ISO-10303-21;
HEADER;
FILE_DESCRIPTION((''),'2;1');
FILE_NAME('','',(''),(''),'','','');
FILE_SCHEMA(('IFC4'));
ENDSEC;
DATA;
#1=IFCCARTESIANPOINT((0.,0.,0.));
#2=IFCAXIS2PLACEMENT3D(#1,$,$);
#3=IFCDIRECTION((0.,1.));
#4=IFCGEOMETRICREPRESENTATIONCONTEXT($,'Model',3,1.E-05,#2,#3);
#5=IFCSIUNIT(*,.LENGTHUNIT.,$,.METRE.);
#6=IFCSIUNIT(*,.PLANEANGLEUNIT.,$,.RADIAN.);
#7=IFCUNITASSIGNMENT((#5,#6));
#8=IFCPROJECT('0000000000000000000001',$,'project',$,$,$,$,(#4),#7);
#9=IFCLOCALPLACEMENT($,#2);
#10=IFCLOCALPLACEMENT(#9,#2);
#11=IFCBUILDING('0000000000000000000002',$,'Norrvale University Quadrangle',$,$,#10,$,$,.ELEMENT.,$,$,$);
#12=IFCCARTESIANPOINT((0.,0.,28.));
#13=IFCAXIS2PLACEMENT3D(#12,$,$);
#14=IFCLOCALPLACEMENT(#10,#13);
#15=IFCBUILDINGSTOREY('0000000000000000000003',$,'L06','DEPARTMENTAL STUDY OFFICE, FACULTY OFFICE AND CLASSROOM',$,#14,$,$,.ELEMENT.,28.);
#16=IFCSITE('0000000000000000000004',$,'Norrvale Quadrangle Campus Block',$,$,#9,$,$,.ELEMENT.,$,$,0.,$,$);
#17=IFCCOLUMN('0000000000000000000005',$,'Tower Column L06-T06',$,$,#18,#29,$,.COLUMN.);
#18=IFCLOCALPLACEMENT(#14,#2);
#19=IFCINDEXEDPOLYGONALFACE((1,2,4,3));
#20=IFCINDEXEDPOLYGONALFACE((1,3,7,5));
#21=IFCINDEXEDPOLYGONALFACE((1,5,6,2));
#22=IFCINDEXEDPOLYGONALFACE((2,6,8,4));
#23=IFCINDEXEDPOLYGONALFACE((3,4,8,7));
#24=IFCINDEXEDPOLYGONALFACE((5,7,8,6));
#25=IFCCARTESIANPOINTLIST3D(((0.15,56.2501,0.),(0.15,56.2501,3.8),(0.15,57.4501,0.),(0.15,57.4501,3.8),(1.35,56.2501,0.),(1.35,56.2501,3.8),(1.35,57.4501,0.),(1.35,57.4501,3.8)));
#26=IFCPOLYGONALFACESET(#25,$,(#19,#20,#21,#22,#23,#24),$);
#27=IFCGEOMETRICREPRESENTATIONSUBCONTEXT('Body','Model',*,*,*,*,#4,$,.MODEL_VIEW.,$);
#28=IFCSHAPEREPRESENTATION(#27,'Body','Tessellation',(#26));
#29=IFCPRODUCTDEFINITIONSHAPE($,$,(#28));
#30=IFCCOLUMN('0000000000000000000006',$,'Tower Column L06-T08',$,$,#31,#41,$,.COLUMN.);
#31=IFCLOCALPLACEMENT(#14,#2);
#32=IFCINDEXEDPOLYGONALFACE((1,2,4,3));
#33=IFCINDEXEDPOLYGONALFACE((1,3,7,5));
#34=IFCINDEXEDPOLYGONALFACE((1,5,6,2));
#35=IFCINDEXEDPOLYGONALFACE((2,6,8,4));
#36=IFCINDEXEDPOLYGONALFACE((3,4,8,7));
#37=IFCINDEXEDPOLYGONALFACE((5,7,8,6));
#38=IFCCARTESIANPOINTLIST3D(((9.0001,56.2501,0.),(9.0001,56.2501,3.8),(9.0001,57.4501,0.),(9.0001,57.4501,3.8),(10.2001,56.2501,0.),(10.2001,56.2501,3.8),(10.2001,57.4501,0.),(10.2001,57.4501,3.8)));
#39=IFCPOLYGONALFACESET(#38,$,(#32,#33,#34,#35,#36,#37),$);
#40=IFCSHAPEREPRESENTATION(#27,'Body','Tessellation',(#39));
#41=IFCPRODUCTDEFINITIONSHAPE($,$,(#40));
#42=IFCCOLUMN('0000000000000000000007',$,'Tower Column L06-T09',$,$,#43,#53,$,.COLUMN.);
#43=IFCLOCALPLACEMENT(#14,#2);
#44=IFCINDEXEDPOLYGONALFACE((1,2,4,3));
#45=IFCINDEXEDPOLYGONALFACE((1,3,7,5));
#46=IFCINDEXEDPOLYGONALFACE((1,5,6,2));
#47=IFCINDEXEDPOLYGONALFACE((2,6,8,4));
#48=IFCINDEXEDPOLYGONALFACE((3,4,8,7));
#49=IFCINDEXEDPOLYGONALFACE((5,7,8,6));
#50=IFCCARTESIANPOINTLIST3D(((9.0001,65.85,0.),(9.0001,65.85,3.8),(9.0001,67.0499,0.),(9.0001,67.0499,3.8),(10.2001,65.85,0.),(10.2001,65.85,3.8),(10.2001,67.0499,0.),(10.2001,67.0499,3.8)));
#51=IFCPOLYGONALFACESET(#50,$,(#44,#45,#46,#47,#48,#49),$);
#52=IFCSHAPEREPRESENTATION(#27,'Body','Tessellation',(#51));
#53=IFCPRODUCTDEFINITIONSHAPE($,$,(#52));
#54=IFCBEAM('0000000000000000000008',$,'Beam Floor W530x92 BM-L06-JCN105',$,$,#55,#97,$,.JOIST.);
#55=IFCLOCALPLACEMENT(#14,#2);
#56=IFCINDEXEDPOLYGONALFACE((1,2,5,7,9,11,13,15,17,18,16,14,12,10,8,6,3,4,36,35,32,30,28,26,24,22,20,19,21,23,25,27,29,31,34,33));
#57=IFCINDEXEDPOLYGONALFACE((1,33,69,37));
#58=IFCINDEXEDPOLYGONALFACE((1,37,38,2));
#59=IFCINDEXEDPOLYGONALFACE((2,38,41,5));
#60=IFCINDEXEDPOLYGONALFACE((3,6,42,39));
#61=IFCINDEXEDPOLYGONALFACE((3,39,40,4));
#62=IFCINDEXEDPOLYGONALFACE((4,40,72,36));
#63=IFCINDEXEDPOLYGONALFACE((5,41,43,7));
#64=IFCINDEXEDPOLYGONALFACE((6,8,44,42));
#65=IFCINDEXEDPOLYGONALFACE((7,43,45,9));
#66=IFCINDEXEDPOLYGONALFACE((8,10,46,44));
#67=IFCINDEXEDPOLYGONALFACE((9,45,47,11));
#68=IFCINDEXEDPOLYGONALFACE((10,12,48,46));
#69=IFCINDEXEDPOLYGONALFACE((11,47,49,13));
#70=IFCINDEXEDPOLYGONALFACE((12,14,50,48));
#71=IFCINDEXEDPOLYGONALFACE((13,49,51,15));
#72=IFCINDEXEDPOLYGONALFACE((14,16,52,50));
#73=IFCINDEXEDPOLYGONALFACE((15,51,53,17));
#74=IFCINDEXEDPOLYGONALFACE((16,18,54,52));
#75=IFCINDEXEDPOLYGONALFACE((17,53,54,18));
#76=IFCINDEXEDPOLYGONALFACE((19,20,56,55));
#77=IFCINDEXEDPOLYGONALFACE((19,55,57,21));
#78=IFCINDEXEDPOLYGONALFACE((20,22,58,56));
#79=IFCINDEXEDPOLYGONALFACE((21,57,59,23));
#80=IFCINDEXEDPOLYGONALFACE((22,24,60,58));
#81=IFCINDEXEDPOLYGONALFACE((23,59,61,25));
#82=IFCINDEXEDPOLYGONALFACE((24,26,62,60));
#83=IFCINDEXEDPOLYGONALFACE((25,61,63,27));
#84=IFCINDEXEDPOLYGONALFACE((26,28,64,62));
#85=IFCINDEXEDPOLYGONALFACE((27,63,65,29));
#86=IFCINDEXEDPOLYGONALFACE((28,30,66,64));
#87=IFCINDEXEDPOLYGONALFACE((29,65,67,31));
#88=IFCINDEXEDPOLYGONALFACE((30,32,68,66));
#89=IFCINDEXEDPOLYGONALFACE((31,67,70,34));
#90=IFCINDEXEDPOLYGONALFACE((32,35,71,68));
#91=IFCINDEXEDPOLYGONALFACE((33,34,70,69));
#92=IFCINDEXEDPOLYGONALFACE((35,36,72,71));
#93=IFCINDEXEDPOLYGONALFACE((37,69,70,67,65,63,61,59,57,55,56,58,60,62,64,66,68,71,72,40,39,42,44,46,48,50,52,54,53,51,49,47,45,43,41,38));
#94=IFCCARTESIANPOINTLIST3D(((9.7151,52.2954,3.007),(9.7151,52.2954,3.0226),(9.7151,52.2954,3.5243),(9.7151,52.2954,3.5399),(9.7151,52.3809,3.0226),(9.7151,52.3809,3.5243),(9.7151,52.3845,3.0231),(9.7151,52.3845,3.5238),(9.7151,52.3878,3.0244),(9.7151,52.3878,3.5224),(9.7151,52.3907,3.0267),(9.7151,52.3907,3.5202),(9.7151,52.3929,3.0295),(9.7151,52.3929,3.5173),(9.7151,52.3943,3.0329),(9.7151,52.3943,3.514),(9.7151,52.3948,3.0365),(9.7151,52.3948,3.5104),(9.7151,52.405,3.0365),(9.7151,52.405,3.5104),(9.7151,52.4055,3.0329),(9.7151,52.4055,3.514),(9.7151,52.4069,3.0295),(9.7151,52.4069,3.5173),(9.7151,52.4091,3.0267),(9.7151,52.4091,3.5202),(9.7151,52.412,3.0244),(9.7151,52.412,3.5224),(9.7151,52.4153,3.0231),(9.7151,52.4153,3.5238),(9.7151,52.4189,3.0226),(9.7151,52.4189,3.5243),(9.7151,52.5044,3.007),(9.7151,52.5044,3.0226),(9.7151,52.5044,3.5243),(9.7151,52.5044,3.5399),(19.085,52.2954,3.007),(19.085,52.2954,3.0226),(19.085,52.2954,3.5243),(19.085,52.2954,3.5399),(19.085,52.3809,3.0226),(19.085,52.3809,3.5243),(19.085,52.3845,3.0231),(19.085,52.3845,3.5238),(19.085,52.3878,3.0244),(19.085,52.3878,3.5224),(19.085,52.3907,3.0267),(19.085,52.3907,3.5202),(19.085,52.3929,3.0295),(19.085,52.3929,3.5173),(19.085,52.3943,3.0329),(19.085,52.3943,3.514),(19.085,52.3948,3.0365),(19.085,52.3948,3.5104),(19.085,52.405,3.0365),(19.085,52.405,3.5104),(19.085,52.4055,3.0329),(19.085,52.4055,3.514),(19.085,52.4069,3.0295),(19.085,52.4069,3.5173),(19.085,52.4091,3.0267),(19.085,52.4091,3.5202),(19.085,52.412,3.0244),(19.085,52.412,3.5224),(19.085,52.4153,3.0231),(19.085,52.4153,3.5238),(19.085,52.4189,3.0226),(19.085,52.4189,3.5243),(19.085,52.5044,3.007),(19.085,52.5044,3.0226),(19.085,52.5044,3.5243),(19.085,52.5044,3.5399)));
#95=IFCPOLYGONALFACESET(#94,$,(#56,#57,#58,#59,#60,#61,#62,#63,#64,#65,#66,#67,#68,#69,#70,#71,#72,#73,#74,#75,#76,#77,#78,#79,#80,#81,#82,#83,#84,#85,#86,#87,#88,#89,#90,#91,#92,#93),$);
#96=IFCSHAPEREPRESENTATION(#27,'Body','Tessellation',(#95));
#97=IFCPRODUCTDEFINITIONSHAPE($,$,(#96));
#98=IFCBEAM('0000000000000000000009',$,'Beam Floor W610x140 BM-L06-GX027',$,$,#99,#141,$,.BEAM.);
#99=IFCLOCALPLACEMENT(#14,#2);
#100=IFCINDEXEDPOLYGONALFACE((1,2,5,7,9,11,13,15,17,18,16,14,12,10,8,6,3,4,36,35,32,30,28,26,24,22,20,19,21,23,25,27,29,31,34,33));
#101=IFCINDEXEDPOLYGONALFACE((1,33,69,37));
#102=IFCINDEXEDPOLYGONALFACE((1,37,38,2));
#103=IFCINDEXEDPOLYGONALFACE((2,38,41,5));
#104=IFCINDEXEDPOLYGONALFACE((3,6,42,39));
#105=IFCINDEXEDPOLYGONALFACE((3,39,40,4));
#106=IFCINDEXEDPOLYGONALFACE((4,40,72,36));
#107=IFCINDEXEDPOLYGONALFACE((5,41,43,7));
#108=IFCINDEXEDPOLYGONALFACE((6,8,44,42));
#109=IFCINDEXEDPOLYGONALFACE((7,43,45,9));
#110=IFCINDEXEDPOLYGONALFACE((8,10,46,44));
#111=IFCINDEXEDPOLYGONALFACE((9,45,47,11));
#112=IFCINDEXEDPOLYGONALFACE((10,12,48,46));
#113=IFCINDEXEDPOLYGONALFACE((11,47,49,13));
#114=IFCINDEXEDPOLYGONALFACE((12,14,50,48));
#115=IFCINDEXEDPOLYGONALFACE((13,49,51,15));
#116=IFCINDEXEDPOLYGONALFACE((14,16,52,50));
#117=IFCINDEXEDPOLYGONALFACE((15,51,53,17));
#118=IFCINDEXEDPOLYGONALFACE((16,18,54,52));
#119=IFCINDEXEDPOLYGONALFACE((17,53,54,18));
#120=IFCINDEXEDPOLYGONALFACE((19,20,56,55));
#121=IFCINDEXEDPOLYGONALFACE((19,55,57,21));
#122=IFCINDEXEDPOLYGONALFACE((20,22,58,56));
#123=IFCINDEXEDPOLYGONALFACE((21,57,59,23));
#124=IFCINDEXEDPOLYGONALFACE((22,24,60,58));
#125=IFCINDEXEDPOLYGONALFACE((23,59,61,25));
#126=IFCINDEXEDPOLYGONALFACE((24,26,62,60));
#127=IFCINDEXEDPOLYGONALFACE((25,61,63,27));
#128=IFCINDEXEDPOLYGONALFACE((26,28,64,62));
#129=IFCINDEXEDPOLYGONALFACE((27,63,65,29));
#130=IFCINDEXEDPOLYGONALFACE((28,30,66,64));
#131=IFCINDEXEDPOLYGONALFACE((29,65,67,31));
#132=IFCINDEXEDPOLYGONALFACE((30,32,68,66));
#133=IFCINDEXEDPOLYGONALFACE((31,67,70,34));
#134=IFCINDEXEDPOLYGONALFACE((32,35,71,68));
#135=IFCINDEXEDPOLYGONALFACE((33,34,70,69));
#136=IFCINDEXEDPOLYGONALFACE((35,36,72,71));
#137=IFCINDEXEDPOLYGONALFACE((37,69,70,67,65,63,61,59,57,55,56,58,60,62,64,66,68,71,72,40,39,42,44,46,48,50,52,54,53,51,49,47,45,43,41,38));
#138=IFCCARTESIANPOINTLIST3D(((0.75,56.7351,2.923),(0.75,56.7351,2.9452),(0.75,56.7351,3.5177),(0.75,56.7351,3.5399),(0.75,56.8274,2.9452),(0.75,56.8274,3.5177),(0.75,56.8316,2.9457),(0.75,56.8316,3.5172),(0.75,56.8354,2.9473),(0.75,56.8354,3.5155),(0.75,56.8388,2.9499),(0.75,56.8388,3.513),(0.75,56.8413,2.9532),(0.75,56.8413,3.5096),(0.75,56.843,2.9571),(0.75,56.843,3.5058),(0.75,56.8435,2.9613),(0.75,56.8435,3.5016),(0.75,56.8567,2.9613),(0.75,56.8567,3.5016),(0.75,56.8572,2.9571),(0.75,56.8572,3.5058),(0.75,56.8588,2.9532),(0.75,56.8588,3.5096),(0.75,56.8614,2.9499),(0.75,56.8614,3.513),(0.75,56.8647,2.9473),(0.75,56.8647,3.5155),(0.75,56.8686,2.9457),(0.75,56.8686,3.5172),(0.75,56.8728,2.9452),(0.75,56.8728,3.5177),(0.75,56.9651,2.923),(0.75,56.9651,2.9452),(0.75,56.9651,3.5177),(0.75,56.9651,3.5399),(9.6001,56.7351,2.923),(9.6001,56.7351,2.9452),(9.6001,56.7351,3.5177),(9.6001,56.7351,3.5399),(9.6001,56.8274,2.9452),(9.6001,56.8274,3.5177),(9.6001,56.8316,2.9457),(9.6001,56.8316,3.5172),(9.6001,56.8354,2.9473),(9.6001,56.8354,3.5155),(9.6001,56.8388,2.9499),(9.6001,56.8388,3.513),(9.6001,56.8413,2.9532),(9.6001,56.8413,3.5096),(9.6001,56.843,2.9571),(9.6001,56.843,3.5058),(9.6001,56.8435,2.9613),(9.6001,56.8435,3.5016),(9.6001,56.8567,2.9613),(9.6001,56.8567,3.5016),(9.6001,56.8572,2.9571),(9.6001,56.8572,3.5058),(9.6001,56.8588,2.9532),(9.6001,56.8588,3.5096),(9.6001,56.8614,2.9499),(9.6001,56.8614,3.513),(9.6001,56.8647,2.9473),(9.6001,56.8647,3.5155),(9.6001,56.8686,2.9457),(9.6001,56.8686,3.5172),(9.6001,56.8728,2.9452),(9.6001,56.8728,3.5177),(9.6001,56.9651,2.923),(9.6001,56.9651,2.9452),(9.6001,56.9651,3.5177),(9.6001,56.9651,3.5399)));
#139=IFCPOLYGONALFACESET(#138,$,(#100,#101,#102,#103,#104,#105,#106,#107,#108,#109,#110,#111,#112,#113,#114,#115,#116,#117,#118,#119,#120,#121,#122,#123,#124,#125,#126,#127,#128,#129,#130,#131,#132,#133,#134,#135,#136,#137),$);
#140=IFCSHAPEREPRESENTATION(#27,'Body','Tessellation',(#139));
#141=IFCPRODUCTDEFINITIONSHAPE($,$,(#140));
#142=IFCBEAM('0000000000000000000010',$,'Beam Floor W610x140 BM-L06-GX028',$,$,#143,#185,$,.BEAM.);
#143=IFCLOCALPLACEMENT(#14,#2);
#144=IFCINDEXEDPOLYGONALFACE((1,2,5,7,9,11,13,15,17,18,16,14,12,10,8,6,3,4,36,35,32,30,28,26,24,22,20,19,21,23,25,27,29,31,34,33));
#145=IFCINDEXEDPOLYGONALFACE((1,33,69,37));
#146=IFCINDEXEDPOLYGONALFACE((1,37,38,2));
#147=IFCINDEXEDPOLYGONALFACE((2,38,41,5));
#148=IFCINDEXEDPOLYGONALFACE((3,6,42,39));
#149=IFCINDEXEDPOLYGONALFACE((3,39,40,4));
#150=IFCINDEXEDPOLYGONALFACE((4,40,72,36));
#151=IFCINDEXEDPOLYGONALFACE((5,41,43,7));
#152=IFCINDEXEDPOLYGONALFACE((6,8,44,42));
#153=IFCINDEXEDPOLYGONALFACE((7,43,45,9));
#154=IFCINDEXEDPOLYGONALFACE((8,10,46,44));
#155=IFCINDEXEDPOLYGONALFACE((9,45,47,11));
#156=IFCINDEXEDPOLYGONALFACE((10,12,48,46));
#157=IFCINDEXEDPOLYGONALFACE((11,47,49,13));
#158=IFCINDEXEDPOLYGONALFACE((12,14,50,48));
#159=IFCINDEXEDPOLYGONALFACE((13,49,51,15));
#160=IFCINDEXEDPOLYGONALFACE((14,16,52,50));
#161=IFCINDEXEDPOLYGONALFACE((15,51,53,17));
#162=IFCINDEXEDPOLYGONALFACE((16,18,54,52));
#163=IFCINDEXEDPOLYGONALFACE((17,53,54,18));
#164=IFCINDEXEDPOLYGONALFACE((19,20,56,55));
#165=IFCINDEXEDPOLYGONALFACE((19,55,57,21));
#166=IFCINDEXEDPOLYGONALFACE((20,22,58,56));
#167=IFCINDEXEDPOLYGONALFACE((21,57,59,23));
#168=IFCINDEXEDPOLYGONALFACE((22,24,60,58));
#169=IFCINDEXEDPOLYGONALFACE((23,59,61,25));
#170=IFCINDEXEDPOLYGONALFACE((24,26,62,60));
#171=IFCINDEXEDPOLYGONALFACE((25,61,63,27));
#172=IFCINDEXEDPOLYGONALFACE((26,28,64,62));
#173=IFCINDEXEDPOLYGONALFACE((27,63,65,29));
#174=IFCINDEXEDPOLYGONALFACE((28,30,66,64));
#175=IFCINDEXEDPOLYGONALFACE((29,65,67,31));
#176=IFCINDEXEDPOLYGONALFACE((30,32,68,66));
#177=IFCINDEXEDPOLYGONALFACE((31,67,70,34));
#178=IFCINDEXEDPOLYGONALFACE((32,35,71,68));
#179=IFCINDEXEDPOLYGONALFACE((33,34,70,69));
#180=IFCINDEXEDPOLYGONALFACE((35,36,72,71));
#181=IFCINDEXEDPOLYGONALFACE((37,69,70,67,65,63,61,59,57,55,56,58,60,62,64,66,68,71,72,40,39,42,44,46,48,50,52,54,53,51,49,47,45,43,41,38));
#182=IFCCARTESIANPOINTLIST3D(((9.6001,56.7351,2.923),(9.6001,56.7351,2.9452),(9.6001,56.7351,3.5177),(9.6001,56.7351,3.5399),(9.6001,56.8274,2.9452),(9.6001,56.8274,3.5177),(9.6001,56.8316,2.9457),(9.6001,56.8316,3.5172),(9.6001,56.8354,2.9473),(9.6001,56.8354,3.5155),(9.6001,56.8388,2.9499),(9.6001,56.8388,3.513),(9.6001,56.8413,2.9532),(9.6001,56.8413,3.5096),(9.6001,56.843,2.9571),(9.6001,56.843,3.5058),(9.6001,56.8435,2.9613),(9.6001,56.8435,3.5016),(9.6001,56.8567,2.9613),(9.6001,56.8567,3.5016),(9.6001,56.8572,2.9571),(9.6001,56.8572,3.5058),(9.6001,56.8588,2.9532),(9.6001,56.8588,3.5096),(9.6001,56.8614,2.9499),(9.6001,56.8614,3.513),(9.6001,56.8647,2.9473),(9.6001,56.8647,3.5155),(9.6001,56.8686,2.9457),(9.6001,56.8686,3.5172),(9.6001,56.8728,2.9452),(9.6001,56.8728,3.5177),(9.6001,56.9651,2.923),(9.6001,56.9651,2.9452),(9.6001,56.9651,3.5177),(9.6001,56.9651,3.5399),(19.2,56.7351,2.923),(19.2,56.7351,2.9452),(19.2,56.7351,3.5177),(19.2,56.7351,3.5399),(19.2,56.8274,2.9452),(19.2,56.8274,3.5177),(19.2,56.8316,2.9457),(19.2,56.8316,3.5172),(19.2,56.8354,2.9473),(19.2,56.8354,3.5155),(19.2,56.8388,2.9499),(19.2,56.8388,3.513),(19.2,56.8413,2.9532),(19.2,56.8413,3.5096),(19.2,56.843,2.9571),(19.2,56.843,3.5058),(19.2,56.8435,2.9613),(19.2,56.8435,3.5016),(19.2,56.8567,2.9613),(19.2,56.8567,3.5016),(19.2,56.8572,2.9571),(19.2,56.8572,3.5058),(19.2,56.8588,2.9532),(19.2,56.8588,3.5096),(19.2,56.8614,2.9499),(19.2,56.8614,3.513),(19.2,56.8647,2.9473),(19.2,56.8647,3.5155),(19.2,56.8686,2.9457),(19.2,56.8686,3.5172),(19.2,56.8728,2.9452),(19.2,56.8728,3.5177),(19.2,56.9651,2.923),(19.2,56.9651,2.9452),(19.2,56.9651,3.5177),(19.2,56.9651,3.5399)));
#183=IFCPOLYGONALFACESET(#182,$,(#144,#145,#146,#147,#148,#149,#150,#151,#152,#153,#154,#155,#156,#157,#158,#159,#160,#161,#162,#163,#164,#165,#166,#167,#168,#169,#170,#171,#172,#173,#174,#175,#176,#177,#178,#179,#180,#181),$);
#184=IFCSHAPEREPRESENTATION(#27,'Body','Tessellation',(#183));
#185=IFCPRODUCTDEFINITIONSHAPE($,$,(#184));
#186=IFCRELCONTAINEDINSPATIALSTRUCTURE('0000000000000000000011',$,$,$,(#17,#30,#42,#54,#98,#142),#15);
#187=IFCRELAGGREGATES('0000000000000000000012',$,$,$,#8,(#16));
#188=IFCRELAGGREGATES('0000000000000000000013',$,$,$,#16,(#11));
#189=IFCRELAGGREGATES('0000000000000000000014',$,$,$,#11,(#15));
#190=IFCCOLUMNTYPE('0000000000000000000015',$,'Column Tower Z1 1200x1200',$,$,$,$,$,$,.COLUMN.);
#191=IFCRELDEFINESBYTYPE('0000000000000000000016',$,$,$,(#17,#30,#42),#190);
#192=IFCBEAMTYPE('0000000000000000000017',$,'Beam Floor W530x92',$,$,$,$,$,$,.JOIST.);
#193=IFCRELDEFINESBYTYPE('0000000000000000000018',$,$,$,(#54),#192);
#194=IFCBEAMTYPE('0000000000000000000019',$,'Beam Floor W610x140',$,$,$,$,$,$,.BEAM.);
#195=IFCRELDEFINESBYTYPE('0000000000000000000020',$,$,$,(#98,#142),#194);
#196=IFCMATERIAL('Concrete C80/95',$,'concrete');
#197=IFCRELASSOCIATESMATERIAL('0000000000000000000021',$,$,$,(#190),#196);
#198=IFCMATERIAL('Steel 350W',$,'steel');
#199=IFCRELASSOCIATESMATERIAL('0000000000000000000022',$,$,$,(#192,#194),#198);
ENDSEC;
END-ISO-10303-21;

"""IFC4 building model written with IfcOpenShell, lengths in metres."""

from ifc_helpers import new_model, si_unit, direction, frame, origin, origin_2d, place, context, subcontext, project, spatial, rectangle, i_section, extrude, material, material_profile, profile_set, type_object, element, save


model = new_model("IFC4")

# Units and contexts
model_context = context("Model", 3, precision=1e-05, world=origin(), true_north=direction((0.0, 1.0)))
body_context = subcontext(model_context, "Body", "Model", "MODEL_VIEW")
ifc_project = project(units=[si_unit("LENGTHUNIT", "METRE"), si_unit("PLANEANGLEUNIT", "RADIAN")], contexts=[model_context])

# Site, building, storey
site_placement = place(None, origin())
site = spatial("IfcSite", under=ifc_project, at=site_placement, Name="Norrvale Quadrangle Campus Block", CompositionType="ELEMENT", RefElevation=0.0)
building_placement = place(site_placement, origin())
building = spatial("IfcBuilding", under=site, at=building_placement, Name="Norrvale University Quadrangle", CompositionType="ELEMENT")
storey_placement = place(building_placement, frame((0.0, 0.0, 28.0)))
storey = spatial("IfcBuildingStorey", under=building, at=storey_placement, Name="L06", Description="DEPARTMENTAL STUDY OFFICE, FACULTY OFFICE AND CLASSROOM", CompositionType="ELEMENT", Elevation=28.0)

# Columns
ifc_material_1 = material(Name="Concrete C80/95", Category="concrete")
ifc_material_profile_1 = material_profile(ifc_material_1, rectangle(XDim=1.2, YDim=1.2, at=origin_2d()), Name="Concrete C80/95")
ifc_profile_set_1 = profile_set([ifc_material_profile_1], Name="Concrete C80/95")
column_type = type_object("IfcColumnType", Name="Column Tower Z1 1200x1200", PredefinedType="COLUMN", material=ifc_profile_set_1)
for number, where, z_axis, x_axis, name in (
    (1, (0.75, 56.8501, 0.0), (0.0, 0.0, 1.0), (1.0, 0.0, 0.0), "Tower Column L06-T06"),
    (2, (9.6001, 56.8501, 0.0), (0.0, 0.0, 1.0), (1.0, 0.0, 0.0), "Tower Column L06-T08"),
    (3, (9.6001, 66.45, 0.0), (0.0, 0.0, 1.0), (1.0, 0.0, 0.0), "Tower Column L06-T09"),
):
    element("IfcColumn", number, at=place(storey_placement, frame(where, z_axis=z_axis, x_axis=x_axis)), inside=storey, type_object=column_type, Name=name, PredefinedType="COLUMN", context=body_context, shape_type="SweptSolid", body=[
        extrude(rectangle(XDim=1.2, YDim=1.2, at=origin_2d()), origin(), (0.0, 0.0, 1.0), 3.8),
    ])

# Beams
ifc_material_2 = material(Name="Steel 350W", Category="steel")
ifc_material_profile_2 = material_profile(ifc_material_2, i_section(OverallWidth=0.209, OverallDepth=0.533, WebThickness=0.0103, FlangeThickness=0.0156, FilletRadius=0.0139, at=origin_2d()), Name="Steel 350W")
ifc_profile_set_2 = profile_set([ifc_material_profile_2], Name="Steel 350W")
beam_type_1 = type_object("IfcBeamType", Name="Beam Floor W530x92", PredefinedType="JOIST", material=ifc_profile_set_2)
beam_1_placement = place(storey_placement, frame((9.7151, 52.3999, 3.2734), z_axis=(1.0, 0.0, 0.0), x_axis=(0.0, 1.0, 0.0)))
element("IfcBeam", 4, at=beam_1_placement, inside=storey, type_object=beam_type_1, Name="Beam Floor W530x92 BM-L06-JCN105", PredefinedType="JOIST", context=body_context, shape_type="SweptSolid", body=[
    extrude(i_section(OverallWidth=0.209, OverallDepth=0.533, WebThickness=0.0103, FlangeThickness=0.0156, FilletRadius=0.0139, at=origin_2d()), origin(), (0.0, 0.0, 1.0), 9.3699),
])
ifc_material_profile_3 = material_profile(ifc_material_2, i_section(OverallWidth=0.23, OverallDepth=0.6169, WebThickness=0.0132, FlangeThickness=0.0222, FilletRadius=0.0161, at=origin_2d()), Name="Steel 350W")
ifc_profile_set_3 = profile_set([ifc_material_profile_3], Name="Steel 350W")
beam_type_2 = type_object("IfcBeamType", Name="Beam Floor W610x140", PredefinedType="BEAM", material=ifc_profile_set_3)
beam_2_placement = place(storey_placement, frame((0.75, 56.8501, 3.2314), z_axis=(1.0, 0.0, 0.0), x_axis=(0.0, 1.0, 0.0)))
element("IfcBeam", 5, at=beam_2_placement, inside=storey, type_object=beam_type_2, Name="Beam Floor W610x140 BM-L06-GX027", PredefinedType="BEAM", context=body_context, shape_type="SweptSolid", body=[
    extrude(i_section(OverallWidth=0.23, OverallDepth=0.6169, WebThickness=0.0132, FlangeThickness=0.0222, FilletRadius=0.0161, at=origin_2d()), origin(), (0.0, 0.0, 1.0), 8.8501),
])
for number, where, z_axis, x_axis, name in (
    (6, (9.6001, 56.8501, 3.2314), (1.0, 0.0, 0.0), (0.0, 1.0, 0.0), "Beam Floor W610x140 BM-L06-GX028"),
):
    element("IfcBeam", number, at=place(storey_placement, frame(where, z_axis=z_axis, x_axis=x_axis)), inside=storey, type_object=beam_type_2, Name=name, PredefinedType="BEAM", context=body_context, shape_type="SweptSolid", body=[
        extrude(i_section(OverallWidth=0.23, OverallDepth=0.6169, WebThickness=0.0132, FlangeThickness=0.0222, FilletRadius=0.0161, at=origin_2d()), origin(), (0.0, 0.0, 1.0), 9.5999),
    ])

save(model, "model.ifc")
